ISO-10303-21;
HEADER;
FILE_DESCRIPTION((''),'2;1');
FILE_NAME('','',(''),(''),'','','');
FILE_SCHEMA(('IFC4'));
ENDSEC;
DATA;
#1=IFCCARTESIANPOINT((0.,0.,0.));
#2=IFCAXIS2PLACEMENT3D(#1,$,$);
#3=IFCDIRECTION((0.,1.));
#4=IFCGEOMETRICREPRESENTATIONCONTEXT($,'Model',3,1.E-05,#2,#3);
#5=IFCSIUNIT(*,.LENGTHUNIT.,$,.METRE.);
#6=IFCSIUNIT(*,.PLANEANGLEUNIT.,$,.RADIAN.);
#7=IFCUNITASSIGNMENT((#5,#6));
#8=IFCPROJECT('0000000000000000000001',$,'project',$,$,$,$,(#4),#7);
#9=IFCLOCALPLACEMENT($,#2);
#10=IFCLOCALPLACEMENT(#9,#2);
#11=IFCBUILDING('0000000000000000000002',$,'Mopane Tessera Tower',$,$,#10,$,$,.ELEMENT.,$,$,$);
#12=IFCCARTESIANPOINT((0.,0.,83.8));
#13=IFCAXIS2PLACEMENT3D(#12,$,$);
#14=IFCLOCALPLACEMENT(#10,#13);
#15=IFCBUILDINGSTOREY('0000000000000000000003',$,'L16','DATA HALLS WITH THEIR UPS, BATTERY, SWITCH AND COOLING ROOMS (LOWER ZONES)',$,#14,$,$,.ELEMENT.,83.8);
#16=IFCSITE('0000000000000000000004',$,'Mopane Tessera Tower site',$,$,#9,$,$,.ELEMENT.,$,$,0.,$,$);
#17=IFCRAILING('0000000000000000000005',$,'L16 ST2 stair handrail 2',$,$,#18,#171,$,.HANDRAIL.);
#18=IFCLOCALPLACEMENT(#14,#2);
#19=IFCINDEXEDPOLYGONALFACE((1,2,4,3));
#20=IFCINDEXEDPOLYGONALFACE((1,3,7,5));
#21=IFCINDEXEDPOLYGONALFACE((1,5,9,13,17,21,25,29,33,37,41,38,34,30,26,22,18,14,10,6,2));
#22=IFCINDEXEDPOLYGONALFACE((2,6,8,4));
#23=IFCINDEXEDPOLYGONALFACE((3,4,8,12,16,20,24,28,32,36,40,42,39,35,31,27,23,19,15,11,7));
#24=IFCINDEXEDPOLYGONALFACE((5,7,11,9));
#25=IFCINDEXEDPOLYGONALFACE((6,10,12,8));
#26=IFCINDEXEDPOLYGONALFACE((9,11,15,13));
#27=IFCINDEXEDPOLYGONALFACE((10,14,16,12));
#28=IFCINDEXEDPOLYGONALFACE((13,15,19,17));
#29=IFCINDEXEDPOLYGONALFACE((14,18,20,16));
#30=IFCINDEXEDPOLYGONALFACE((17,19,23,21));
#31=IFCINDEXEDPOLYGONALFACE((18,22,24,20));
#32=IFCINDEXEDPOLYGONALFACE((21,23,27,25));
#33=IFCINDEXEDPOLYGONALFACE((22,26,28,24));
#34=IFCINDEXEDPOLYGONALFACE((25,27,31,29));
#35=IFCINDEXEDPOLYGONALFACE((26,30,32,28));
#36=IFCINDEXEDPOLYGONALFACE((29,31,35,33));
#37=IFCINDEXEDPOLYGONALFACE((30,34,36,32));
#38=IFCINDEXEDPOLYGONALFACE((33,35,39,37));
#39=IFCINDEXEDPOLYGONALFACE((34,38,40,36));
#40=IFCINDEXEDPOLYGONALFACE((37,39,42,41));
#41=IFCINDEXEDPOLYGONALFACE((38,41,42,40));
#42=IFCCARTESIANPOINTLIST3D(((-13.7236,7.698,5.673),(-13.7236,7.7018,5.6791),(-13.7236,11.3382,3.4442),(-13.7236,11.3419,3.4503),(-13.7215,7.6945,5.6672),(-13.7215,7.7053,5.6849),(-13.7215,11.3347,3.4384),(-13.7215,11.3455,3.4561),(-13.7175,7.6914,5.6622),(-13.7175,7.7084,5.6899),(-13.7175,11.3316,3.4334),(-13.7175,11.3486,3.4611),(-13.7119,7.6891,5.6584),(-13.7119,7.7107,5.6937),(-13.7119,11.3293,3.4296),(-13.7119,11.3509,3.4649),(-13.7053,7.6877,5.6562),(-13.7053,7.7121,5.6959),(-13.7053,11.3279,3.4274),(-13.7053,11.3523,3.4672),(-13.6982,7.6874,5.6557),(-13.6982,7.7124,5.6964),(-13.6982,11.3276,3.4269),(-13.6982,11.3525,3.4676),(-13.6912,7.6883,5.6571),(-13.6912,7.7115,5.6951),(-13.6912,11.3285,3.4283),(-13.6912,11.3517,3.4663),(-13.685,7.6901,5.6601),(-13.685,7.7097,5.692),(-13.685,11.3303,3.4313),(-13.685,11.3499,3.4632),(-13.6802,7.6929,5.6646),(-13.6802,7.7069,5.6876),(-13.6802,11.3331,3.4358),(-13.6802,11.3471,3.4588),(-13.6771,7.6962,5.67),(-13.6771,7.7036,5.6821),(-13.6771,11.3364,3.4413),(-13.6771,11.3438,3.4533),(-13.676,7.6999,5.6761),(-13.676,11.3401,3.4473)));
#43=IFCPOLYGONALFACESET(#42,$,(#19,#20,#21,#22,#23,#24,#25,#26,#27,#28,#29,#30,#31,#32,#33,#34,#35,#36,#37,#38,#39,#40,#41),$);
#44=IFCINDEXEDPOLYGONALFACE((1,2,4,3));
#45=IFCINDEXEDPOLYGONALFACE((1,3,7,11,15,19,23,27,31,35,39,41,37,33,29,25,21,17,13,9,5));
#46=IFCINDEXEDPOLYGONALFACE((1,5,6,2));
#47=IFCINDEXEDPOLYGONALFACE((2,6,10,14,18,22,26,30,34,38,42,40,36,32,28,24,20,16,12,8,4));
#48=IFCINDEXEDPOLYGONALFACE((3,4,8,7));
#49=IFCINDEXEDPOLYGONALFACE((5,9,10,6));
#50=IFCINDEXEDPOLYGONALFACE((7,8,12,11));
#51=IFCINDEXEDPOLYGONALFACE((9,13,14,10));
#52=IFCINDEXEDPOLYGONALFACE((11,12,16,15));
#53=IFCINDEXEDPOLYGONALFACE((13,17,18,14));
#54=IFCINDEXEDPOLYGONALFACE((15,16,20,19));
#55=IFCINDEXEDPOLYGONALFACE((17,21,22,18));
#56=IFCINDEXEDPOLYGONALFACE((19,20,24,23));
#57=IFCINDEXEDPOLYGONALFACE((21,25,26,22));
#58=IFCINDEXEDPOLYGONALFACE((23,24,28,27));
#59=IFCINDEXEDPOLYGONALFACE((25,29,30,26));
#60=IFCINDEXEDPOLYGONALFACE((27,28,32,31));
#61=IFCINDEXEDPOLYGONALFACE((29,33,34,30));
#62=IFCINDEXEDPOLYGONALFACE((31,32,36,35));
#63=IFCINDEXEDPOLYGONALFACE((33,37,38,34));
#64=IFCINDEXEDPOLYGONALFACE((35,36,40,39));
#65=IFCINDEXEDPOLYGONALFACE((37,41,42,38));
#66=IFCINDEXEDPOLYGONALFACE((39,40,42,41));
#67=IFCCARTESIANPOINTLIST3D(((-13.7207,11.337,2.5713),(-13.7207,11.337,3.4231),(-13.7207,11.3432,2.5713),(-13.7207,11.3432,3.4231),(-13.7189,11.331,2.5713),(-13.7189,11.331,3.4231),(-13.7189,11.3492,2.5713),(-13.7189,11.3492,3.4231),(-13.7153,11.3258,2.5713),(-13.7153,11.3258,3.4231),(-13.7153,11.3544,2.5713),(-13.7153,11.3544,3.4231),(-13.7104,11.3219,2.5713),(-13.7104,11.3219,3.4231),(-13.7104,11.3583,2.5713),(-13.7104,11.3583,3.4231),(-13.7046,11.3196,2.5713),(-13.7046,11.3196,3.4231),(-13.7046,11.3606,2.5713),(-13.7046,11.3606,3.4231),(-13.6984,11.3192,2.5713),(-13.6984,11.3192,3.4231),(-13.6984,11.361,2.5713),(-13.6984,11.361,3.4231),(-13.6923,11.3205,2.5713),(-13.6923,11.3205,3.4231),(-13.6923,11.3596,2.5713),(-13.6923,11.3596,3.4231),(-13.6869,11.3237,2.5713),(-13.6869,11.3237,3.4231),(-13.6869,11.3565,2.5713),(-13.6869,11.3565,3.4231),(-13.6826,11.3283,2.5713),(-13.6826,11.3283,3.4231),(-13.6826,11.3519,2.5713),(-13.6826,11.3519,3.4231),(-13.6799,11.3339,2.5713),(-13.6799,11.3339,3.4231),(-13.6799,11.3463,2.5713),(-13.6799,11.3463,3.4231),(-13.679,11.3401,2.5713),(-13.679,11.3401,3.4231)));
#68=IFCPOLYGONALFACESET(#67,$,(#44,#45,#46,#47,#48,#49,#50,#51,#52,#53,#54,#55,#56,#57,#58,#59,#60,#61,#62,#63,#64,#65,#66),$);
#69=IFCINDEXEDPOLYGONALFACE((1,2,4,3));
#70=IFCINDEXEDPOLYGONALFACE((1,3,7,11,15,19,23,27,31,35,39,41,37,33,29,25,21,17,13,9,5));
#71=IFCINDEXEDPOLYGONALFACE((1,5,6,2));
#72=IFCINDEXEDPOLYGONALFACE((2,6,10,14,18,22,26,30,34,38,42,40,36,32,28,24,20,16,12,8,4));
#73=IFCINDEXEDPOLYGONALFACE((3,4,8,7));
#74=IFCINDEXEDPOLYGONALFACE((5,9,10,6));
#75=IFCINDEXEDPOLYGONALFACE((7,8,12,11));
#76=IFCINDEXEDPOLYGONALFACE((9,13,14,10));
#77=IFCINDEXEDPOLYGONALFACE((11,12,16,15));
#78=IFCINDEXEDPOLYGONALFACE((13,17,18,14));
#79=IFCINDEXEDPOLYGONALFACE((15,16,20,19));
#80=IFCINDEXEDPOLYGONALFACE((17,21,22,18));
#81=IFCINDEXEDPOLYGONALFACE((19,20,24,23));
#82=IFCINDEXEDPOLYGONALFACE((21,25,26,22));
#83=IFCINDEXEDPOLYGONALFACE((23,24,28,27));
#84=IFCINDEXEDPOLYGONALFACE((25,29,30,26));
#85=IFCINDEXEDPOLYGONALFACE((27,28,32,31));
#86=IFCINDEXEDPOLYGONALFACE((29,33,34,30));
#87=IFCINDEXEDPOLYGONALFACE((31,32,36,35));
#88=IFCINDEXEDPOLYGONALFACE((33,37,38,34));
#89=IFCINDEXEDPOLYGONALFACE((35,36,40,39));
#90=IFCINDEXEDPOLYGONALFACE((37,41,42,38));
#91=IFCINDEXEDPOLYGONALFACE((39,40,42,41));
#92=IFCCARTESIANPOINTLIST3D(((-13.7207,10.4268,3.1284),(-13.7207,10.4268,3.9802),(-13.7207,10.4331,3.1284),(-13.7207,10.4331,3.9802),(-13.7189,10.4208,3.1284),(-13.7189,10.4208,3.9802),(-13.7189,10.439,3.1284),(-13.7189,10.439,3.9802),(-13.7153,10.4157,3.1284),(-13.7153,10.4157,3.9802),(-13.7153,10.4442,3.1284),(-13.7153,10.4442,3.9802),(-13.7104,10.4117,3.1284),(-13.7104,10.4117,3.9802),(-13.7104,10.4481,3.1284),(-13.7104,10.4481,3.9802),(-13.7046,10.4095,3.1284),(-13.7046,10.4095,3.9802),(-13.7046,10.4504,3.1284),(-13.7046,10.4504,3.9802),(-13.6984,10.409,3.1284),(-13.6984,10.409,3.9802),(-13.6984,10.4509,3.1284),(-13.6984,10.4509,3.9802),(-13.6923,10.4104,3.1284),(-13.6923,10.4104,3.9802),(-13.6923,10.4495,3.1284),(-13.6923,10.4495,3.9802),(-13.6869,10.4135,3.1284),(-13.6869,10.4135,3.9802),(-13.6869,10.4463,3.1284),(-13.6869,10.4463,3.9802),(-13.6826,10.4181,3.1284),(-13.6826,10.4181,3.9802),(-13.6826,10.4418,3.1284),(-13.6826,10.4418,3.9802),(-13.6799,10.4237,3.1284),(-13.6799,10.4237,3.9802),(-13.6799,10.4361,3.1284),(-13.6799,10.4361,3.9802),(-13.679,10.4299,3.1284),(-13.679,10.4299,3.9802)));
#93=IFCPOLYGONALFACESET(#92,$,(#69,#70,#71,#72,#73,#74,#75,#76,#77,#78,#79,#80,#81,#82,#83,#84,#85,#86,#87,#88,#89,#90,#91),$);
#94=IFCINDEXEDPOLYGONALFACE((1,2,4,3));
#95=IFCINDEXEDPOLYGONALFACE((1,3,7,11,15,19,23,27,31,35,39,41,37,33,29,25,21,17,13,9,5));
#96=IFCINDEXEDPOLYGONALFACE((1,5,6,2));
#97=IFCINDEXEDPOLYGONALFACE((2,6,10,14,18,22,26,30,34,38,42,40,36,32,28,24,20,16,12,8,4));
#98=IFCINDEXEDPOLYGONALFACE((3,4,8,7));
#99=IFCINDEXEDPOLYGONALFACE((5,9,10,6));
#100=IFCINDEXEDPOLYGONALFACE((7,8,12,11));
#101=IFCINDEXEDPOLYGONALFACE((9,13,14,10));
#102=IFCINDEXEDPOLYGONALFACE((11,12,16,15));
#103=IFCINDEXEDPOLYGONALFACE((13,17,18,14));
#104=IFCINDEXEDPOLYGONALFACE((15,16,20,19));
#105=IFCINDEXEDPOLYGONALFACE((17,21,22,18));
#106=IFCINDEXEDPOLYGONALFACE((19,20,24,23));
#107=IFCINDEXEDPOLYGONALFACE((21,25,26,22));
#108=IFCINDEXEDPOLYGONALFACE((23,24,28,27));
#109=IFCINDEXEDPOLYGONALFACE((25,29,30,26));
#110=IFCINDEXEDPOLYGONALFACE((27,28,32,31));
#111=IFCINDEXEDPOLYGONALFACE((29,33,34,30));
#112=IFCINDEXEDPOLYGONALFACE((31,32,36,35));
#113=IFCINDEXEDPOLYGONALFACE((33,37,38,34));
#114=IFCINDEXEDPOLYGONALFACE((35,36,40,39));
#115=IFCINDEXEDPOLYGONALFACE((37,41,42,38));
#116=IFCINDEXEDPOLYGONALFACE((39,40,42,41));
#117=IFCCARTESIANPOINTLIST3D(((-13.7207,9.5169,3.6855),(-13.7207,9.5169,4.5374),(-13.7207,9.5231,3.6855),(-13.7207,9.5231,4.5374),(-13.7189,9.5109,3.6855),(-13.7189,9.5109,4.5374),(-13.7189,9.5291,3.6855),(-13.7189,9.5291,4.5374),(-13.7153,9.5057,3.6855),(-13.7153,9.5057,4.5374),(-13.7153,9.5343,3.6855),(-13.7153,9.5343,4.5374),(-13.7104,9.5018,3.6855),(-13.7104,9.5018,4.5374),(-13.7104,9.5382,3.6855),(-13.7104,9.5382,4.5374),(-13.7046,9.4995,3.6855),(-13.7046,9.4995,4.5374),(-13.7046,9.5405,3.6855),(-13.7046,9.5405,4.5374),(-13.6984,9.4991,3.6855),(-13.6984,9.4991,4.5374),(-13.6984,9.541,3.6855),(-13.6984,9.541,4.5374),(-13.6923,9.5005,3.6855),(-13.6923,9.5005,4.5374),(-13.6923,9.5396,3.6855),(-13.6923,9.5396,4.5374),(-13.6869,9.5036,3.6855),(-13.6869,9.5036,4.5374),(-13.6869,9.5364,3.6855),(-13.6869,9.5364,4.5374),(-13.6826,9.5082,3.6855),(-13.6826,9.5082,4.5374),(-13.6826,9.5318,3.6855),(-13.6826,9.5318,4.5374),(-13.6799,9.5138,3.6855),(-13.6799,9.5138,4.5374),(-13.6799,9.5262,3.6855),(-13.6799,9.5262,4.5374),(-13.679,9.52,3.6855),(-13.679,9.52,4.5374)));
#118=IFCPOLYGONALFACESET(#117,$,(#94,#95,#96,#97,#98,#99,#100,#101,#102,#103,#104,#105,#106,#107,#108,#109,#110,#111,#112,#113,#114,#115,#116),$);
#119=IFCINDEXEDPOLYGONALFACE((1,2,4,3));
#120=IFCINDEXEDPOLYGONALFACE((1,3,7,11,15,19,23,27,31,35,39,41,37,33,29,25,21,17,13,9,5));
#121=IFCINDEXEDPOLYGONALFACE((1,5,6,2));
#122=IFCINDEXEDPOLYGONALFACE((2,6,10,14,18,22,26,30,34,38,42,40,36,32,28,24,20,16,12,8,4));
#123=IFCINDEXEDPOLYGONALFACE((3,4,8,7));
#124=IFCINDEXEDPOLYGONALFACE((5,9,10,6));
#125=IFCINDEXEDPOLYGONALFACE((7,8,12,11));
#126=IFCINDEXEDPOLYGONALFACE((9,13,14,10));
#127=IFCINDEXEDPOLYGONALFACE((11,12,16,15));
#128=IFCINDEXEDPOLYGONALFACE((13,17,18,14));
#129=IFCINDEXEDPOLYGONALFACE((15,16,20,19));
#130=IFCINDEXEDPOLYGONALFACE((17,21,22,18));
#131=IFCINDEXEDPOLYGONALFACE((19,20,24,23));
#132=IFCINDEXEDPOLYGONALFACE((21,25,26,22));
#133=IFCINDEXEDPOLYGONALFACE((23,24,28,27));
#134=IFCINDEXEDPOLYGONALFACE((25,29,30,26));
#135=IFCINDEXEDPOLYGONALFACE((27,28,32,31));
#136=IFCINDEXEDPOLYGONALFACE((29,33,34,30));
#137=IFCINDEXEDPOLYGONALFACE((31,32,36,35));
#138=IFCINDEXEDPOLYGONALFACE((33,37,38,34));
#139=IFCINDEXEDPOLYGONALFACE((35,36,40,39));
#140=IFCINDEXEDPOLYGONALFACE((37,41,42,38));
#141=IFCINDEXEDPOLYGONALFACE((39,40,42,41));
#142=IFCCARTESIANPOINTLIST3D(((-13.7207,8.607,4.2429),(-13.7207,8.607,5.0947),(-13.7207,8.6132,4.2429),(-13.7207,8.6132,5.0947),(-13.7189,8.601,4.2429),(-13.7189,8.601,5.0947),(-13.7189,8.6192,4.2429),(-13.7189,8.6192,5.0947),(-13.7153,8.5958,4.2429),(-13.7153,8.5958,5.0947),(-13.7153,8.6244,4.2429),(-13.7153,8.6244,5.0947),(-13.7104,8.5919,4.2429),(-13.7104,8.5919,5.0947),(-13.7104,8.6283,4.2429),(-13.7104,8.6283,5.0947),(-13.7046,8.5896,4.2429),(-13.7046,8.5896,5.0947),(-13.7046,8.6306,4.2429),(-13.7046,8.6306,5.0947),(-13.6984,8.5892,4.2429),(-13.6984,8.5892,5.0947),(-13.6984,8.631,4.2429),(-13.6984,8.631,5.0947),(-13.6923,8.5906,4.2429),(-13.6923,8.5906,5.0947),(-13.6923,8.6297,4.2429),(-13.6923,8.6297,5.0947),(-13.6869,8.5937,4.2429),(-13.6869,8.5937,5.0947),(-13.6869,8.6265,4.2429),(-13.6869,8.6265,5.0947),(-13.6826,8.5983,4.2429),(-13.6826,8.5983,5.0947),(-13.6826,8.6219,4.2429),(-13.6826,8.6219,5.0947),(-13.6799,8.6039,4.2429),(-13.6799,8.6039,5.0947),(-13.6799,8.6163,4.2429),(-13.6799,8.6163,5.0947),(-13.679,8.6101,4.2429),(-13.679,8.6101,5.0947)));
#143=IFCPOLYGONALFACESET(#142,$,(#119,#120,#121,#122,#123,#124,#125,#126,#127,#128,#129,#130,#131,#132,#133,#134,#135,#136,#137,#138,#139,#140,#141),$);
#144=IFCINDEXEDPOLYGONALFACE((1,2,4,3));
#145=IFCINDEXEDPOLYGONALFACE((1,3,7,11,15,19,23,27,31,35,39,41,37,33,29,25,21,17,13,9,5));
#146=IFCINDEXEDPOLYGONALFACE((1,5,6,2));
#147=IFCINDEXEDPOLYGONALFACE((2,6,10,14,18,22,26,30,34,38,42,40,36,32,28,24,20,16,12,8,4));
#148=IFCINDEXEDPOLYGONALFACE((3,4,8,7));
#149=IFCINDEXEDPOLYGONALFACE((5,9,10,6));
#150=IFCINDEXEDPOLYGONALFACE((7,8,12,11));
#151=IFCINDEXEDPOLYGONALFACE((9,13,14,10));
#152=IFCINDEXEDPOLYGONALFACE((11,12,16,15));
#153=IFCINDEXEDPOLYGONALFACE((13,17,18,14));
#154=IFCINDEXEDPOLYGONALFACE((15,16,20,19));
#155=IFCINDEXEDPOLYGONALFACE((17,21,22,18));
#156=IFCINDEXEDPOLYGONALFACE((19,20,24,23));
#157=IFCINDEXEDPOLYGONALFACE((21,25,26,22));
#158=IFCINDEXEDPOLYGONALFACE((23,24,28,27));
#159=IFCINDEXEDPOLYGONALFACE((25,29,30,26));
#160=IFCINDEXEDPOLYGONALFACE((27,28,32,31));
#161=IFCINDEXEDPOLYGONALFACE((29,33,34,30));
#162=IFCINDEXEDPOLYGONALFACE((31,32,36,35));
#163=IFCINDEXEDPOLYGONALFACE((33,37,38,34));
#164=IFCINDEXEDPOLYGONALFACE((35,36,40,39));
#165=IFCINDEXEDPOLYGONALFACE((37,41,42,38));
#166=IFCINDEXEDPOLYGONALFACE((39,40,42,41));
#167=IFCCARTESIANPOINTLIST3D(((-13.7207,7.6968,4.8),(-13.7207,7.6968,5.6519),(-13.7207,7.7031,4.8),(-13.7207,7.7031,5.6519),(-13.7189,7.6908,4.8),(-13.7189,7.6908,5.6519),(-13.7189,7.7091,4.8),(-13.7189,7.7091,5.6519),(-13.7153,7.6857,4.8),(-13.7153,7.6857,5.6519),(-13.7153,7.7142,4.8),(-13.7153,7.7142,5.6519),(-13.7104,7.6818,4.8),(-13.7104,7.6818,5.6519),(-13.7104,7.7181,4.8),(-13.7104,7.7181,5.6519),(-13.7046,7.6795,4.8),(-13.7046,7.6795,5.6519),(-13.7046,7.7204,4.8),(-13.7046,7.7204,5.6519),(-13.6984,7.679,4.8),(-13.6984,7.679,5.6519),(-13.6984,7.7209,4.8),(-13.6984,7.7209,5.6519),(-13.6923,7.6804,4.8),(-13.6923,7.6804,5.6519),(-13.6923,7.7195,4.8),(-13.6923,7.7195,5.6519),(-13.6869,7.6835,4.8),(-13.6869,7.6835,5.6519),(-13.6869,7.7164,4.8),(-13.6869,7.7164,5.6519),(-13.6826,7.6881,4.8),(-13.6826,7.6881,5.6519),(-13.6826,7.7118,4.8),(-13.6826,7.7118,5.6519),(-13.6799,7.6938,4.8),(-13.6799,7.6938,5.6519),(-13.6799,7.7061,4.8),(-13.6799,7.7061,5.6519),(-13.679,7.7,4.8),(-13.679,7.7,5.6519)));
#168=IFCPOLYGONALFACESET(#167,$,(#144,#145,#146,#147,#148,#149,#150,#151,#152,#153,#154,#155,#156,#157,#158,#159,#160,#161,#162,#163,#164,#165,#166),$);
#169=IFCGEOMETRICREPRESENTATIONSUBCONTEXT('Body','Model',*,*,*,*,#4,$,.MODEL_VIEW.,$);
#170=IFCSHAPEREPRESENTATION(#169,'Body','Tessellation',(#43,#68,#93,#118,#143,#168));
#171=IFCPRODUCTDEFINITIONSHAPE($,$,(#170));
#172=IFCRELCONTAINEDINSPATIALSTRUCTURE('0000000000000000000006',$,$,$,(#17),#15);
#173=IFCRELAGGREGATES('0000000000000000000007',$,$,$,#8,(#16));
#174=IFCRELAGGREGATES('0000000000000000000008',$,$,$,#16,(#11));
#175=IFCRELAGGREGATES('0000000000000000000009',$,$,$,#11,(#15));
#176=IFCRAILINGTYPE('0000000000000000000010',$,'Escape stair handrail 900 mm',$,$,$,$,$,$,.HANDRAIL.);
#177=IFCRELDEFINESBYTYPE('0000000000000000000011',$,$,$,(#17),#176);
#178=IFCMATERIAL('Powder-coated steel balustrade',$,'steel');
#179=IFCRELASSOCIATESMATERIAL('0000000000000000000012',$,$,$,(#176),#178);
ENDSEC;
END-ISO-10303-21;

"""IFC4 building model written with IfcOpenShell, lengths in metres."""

from ifc_helpers import new_model, si_unit, direction, frame, origin, origin_2d, place, context, subcontext, project, spatial, circle, extrude, material, type_object, element, save


model = new_model("IFC4")

# Units and contexts
model_context = context("Model", 3, precision=1e-05, world=origin(), true_north=direction((0.0, 1.0)))
body_context = subcontext(model_context, "Body", "Model", "MODEL_VIEW")
ifc_project = project(units=[si_unit("LENGTHUNIT", "METRE"), si_unit("PLANEANGLEUNIT", "RADIAN")], contexts=[model_context])

# Site, building, storey
site_placement = place(None, origin())
site = spatial("IfcSite", under=ifc_project, at=site_placement, Name="Mopane Tessera Tower site", CompositionType="ELEMENT", RefElevation=0.0)
building_placement = place(site_placement, origin())
building = spatial("IfcBuilding", under=site, at=building_placement, Name="Mopane Tessera Tower", CompositionType="ELEMENT")
storey_placement = place(building_placement, frame((0.0, 0.0, 83.8)))
storey = spatial("IfcBuildingStorey", under=building, at=storey_placement, Name="L16", Description="DATA HALLS WITH THEIR UPS, BATTERY, SWITCH AND COOLING ROOMS (LOWER ZONES)", CompositionType="ELEMENT", Elevation=83.8)

# Railing
ifc_material_1 = material(Name="Powder-coated steel balustrade", Category="steel")
railing_type_1 = type_object("IfcRailingType", Name="Escape stair handrail 900 mm", PredefinedType="HANDRAIL", material=ifc_material_1)
railing_1_placement = place(storey_placement, frame((-13.7, 11.3401, 2.5713)))
element("IfcRailing", 1, at=railing_1_placement, inside=storey, type_object=railing_type_1, Name="L16 ST2 stair handrail 2", PredefinedType="HANDRAIL", context=body_context, shape_type="SweptSolid", body=[
    extrude(circle(Radius=0.0239, at=origin_2d()), frame((0.0, 0.0, 0.876), z_axis=(0.0, -0.85284, 0.522172), x_axis=(1.0, 0.0, 0.0)), (0.0, 0.0, 1.0), 4.2683),
    extrude(circle(Radius=0.021, at=origin_2d()), origin(), (0.0, 0.0, 1.0), 0.8518),
    extrude(circle(Radius=0.021, at=origin_2d()), frame((0.0, -0.9102, 0.5571)), (0.0, 0.0, 1.0), 0.8518),
    extrude(circle(Radius=0.021, at=origin_2d()), frame((0.0, -1.8201, 1.1143)), (0.0, 0.0, 1.0), 0.8518),
    extrude(circle(Radius=0.021, at=origin_2d()), frame((0.0, -2.73, 1.6716)), (0.0, 0.0, 1.0), 0.8518),
    extrude(circle(Radius=0.021, at=origin_2d()), frame((0.0, -3.6401, 2.2288)), (0.0, 0.0, 1.0), 0.8518),
])

save(model, "model.ifc")
